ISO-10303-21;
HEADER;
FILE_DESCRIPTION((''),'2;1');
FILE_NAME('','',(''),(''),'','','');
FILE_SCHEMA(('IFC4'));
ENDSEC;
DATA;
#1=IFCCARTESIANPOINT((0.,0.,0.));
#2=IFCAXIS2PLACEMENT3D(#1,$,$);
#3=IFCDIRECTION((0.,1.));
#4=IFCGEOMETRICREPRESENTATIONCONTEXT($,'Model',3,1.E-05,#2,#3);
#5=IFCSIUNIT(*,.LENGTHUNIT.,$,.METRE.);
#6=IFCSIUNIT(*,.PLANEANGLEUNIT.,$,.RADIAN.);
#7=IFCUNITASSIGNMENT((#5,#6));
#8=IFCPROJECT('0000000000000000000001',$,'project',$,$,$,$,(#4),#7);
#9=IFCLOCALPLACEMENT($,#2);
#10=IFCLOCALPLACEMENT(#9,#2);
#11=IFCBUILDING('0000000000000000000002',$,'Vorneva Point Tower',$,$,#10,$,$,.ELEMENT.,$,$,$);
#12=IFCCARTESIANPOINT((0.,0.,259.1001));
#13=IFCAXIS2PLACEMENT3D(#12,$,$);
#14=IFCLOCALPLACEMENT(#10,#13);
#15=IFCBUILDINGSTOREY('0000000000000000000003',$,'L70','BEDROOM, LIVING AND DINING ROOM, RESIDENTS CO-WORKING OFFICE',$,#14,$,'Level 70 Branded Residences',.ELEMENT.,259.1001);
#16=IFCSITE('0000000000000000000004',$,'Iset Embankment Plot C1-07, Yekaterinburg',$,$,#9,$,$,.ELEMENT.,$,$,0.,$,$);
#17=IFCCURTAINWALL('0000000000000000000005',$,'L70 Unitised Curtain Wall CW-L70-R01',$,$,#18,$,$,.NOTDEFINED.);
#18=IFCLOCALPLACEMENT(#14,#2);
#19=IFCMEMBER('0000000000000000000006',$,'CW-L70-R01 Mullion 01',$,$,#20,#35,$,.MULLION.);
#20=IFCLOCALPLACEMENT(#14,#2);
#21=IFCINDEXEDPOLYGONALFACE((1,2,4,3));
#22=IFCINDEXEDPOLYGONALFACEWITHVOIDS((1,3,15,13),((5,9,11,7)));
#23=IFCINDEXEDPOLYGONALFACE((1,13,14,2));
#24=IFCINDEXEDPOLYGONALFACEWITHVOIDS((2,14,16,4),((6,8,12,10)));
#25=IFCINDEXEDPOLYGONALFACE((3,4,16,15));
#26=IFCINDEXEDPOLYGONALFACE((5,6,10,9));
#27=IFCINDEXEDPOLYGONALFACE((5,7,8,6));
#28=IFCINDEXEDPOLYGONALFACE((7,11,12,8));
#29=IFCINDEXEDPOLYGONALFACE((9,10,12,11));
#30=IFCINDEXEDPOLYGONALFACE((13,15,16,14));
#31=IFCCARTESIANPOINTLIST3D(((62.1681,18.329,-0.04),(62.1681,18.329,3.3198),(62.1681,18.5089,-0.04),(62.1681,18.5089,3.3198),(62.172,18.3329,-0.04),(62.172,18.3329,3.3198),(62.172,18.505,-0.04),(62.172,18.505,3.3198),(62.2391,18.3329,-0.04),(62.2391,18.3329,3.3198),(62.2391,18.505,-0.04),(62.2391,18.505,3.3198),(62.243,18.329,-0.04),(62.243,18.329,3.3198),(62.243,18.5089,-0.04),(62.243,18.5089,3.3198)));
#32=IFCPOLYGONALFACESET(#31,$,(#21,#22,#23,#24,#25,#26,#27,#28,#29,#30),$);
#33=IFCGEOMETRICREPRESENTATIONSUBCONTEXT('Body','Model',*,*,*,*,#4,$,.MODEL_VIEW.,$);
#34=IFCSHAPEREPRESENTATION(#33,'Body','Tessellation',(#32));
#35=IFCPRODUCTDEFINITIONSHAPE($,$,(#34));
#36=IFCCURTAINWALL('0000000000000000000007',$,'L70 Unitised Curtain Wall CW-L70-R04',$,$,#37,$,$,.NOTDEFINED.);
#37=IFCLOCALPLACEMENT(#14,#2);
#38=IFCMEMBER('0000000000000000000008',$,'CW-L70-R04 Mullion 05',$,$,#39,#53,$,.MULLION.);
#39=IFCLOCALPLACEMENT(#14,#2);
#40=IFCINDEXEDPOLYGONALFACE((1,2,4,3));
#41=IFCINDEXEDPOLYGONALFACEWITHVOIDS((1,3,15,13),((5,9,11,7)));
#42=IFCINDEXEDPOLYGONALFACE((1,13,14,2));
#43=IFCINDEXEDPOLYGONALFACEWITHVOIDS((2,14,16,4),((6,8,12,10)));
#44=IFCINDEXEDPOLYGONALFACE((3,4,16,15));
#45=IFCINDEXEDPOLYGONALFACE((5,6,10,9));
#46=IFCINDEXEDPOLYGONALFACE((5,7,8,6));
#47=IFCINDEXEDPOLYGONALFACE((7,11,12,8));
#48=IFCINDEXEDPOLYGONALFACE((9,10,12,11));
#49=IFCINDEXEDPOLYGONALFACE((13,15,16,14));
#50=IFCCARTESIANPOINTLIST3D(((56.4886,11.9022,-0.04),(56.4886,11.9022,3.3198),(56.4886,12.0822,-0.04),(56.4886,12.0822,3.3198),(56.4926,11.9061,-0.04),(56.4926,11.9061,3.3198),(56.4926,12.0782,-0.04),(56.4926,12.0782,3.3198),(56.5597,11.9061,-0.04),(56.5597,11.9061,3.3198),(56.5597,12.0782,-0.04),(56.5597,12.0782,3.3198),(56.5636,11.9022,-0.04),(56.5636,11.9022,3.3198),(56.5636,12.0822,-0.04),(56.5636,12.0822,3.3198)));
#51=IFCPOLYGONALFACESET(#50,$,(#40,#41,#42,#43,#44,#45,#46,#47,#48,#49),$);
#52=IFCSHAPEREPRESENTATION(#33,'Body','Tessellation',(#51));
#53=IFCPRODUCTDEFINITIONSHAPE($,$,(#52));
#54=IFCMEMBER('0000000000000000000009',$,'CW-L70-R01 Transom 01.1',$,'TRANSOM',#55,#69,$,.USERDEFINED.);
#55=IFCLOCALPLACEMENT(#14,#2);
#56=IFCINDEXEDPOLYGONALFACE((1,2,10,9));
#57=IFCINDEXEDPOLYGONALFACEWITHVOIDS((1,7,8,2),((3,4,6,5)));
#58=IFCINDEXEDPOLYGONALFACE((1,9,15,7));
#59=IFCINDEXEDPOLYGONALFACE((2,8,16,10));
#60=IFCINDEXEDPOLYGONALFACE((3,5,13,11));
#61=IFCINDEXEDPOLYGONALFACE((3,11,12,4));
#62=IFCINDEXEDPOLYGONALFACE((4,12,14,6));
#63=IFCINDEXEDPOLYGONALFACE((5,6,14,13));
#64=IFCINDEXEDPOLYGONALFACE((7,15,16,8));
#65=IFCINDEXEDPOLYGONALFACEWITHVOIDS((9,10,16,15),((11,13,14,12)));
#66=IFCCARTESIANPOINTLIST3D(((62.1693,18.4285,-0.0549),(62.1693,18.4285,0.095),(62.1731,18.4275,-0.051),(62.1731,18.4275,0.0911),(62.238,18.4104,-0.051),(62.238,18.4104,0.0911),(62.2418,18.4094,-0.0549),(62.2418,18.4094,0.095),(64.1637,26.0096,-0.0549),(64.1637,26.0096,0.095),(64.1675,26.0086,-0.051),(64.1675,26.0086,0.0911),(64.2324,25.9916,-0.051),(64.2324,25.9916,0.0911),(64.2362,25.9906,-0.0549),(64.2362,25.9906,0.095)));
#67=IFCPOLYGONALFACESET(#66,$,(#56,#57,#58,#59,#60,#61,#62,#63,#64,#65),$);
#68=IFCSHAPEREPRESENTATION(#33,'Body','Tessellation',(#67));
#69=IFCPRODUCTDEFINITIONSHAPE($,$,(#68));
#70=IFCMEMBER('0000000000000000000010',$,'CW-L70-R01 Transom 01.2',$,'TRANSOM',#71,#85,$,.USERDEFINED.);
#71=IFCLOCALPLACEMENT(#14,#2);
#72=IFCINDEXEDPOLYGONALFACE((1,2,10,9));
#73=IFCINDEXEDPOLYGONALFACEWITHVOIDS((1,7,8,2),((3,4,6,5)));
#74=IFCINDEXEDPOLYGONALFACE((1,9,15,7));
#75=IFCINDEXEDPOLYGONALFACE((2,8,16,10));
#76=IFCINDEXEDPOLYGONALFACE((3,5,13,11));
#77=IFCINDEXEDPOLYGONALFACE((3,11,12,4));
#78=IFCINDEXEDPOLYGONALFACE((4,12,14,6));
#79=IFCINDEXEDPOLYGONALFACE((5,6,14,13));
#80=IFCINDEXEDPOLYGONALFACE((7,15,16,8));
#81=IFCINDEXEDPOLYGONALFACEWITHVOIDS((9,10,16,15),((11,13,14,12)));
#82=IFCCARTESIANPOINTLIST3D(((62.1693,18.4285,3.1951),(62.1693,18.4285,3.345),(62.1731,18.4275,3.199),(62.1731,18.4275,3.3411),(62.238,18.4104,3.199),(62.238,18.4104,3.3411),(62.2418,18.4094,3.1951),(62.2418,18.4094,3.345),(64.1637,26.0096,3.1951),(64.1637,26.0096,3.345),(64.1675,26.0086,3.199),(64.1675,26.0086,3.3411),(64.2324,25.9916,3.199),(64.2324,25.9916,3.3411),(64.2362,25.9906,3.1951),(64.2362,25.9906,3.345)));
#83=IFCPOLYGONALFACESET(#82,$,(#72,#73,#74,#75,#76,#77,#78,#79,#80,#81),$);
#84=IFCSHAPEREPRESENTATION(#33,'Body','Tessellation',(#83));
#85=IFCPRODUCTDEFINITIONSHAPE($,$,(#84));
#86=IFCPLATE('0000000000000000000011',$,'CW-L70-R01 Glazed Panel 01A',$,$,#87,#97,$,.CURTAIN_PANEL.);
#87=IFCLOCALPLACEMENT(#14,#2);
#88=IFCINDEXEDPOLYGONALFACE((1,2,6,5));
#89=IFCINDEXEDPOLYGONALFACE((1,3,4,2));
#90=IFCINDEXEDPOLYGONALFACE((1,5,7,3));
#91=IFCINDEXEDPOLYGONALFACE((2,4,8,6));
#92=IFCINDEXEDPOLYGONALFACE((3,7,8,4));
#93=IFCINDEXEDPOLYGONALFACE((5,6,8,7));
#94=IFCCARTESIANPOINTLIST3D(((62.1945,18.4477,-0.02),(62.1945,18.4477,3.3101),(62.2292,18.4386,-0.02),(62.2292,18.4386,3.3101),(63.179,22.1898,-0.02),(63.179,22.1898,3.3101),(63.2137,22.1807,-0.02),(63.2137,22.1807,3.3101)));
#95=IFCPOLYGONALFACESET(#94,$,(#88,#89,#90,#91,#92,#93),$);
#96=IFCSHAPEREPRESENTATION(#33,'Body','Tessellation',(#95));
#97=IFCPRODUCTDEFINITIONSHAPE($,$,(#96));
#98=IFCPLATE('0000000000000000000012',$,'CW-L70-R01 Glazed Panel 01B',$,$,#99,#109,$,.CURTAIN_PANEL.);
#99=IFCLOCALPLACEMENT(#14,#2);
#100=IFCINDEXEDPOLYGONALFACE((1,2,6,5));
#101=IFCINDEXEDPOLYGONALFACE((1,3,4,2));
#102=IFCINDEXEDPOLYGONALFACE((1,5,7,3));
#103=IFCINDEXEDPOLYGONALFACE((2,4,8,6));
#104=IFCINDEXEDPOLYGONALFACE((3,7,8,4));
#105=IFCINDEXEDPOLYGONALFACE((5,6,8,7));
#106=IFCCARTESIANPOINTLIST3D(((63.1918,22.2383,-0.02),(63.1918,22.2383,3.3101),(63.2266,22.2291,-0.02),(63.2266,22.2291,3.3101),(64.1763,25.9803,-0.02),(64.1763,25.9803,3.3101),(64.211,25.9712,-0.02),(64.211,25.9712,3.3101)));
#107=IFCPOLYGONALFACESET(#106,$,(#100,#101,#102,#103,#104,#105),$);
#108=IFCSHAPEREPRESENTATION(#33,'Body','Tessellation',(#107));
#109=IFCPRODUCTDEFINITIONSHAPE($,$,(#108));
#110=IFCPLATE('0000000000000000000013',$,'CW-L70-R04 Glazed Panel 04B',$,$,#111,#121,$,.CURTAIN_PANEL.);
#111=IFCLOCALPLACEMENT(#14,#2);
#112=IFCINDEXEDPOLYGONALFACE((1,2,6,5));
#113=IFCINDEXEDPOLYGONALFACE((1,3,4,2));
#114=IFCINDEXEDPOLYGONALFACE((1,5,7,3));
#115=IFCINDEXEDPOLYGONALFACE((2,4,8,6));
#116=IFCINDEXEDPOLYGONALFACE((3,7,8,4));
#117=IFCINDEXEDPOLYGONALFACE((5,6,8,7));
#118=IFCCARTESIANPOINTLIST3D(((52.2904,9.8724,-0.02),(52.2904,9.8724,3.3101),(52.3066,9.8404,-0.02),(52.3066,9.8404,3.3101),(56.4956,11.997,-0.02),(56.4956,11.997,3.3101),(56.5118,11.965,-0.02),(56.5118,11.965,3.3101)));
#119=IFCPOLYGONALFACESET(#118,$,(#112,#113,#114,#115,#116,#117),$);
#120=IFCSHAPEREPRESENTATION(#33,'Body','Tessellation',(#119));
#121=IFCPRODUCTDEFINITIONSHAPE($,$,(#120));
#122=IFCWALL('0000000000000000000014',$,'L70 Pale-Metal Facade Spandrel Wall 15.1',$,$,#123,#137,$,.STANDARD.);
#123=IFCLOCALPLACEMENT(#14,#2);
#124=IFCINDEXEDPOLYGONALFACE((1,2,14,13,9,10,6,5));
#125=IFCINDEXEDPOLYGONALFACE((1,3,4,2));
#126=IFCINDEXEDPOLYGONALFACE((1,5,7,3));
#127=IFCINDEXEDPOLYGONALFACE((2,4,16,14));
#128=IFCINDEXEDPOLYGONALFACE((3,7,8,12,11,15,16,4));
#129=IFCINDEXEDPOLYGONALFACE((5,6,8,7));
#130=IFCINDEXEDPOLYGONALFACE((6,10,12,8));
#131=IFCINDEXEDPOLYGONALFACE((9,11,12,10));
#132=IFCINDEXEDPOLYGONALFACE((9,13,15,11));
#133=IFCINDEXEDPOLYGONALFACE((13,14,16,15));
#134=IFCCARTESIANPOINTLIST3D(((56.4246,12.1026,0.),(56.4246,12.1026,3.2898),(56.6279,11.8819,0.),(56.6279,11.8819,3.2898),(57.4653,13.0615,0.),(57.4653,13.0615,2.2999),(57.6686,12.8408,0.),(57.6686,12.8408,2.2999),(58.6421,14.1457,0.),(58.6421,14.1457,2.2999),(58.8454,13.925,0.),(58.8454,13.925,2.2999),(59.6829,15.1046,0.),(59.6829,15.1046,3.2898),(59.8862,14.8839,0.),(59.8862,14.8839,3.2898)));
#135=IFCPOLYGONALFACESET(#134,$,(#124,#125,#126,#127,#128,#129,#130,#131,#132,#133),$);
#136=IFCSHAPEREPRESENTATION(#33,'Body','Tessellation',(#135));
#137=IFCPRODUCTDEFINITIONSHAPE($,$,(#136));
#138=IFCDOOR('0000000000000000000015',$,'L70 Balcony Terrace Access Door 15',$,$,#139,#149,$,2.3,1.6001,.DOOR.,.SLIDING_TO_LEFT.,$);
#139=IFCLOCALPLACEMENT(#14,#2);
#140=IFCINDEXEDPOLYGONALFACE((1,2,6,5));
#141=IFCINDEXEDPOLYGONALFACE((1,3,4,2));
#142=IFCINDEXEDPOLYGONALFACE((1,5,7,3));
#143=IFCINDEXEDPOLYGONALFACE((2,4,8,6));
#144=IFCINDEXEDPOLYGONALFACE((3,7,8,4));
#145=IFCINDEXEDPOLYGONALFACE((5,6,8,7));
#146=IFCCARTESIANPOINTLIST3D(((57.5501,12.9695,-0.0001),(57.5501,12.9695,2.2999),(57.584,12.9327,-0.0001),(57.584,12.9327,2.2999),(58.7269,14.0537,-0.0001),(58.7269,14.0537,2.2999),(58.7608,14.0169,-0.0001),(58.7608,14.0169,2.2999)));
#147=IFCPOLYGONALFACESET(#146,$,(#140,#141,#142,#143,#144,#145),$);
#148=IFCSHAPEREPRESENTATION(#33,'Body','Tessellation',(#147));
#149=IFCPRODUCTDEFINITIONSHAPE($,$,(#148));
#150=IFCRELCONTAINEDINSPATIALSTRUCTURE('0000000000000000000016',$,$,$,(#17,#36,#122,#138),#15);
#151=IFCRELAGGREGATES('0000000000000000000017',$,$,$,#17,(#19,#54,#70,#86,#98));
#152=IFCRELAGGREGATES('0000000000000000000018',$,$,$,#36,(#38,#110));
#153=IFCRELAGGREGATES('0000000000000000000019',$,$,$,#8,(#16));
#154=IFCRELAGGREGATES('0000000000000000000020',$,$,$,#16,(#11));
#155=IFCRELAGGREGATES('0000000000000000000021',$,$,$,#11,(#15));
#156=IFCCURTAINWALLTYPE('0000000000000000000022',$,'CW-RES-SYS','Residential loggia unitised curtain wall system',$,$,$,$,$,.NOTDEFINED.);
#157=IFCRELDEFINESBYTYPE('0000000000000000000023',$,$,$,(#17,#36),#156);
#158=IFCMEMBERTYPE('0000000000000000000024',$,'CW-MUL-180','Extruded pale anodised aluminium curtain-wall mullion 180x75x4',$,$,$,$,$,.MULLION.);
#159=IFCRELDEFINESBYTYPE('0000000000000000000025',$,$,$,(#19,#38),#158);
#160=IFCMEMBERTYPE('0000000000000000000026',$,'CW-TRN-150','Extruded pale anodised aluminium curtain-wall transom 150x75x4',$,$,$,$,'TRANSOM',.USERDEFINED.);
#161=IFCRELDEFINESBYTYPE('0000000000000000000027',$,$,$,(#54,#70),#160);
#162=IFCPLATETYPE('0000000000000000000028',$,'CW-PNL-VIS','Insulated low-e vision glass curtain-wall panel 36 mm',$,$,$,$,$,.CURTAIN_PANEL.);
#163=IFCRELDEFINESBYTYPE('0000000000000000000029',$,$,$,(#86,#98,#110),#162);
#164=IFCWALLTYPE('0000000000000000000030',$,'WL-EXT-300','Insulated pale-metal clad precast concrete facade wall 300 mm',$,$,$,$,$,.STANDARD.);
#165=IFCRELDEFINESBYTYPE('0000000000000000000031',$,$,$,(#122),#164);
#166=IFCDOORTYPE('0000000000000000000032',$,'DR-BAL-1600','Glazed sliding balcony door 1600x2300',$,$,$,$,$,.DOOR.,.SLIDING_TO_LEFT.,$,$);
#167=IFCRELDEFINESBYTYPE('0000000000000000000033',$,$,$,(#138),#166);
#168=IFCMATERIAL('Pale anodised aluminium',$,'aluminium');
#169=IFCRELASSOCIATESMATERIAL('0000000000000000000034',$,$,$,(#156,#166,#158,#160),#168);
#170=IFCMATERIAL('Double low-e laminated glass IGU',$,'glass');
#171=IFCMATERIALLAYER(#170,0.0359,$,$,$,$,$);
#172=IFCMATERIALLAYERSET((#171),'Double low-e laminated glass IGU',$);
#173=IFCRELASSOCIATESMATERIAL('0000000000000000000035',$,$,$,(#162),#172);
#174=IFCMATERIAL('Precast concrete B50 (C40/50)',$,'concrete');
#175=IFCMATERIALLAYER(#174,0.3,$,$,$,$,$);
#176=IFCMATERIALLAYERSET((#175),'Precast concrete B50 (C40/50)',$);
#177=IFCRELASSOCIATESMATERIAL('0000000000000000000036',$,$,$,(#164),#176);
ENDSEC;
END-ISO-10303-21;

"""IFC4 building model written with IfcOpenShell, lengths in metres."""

from ifc_helpers import new_model, si_unit, direction, frame, frame_2d, origin, origin_2d, place, context, subcontext, project, spatial, rectangle, hollow_rectangle, extrude, material, layer, layer_set, material_profile, profile_set, type_object, element, fill, aggregate, save


model = new_model("IFC4")

# Units and contexts
model_context = context("Model", 3, precision=1e-05, world=origin(), true_north=direction((0.0, 1.0)))
body_context = subcontext(model_context, "Body", "Model", "MODEL_VIEW")
ifc_project = project(units=[si_unit("LENGTHUNIT", "METRE"), si_unit("PLANEANGLEUNIT", "RADIAN")], contexts=[model_context])

# Site, building, storey
site_placement = place(None, origin())
site = spatial("IfcSite", under=ifc_project, at=site_placement, Name="Iset Embankment Plot C1-07, Yekaterinburg", CompositionType="ELEMENT", RefElevation=0.0)
building_placement = place(site_placement, origin())
building = spatial("IfcBuilding", under=site, at=building_placement, Name="Vorneva Point Tower", CompositionType="ELEMENT")
storey_placement = place(building_placement, frame((0.0, 0.0, 259.1001)))
storey = spatial("IfcBuildingStorey", under=building, at=storey_placement, Name="L70", Description="BEDROOM, LIVING AND DINING ROOM, RESIDENTS CO-WORKING OFFICE", LongName="Level 70 Branded Residences", CompositionType="ELEMENT", Elevation=259.1001)

# Curtain walls, members
ifc_material_1 = material(Name="Pale anodised aluminium", Category="aluminium")
curtain_wall_type = type_object("IfcCurtainWallType", Name="CW-RES-SYS", Description="Residential loggia unitised curtain wall system", PredefinedType="NOTDEFINED", material=ifc_material_1)
curtain_wall_1_placement = place(storey_placement, origin())
curtain_wall_1 = element("IfcCurtainWall", 1, at=curtain_wall_1_placement, inside=storey, type_object=curtain_wall_type, Name="L70 Unitised Curtain Wall CW-L70-R01", PredefinedType="NOTDEFINED")
ifc_material_profile_1 = material_profile(ifc_material_1, hollow_rectangle(XDim=0.075, YDim=0.1799, WallThickness=0.0039, at=origin_2d()), Name="AL-MUL 180x75x4")
ifc_profile_set_1 = profile_set([ifc_material_profile_1], Name="Pale anodised aluminium")
member_type_1 = type_object("IfcMemberType", Name="CW-MUL-180", Description="Extruded pale anodised aluminium curtain-wall mullion 180x75x4", PredefinedType="MULLION", material=ifc_profile_set_1)
member_1_placement = place(storey_placement, frame((62.2056, 18.4189, -0.04), z_axis=(0.0, 0.0, 1.0), x_axis=(1.0, 0.0, 0.0)))
member_1 = element("IfcMember", 2, at=member_1_placement, type_object=member_type_1, Name="CW-L70-R01 Mullion 01", PredefinedType="MULLION", context=body_context, shape_type="SweptSolid", body=[
    extrude(hollow_rectangle(XDim=0.075, YDim=0.1799, WallThickness=0.0039, at=origin_2d()), origin(), (0.0, 0.0, 1.0), 3.3599),
])
curtain_wall_2_placement = place(storey_placement, origin())
curtain_wall_2 = element("IfcCurtainWall", 3, at=curtain_wall_2_placement, inside=storey, type_object=curtain_wall_type, Name="L70 Unitised Curtain Wall CW-L70-R04", PredefinedType="NOTDEFINED")
member_2_placement = place(storey_placement, frame((56.5261, 11.9922, -0.04), z_axis=(0.0, 0.0, 1.0), x_axis=(1.0, 0.0, 0.0)))
member_2 = element("IfcMember", 4, at=member_2_placement, type_object=member_type_1, Name="CW-L70-R04 Mullion 05", PredefinedType="MULLION", context=body_context, shape_type="SweptSolid", body=[
    extrude(hollow_rectangle(XDim=0.075, YDim=0.1799, WallThickness=0.0039, at=origin_2d()), origin(), (0.0, 0.0, 1.0), 3.3599),
])

# Members
ifc_material_profile_2 = material_profile(ifc_material_1, hollow_rectangle(XDim=0.075, YDim=0.1499, WallThickness=0.0039, at=origin_2d()), Name="AL-TRN 150x75x4")
ifc_profile_set_2 = profile_set([ifc_material_profile_2], Name="Pale anodised aluminium")
member_type_2 = type_object("IfcMemberType", Name="CW-TRN-150", Description="Extruded pale anodised aluminium curtain-wall transom 150x75x4", ElementType="TRANSOM", PredefinedType="USERDEFINED", material=ifc_profile_set_2)
member_3_placement = place(storey_placement, frame((62.2056, 18.4189, 0.02), z_axis=(0.254418, 0.967094, 0.0), x_axis=(-0.967094, 0.254418, 0.0)))
member_3 = element("IfcMember", 5, at=member_3_placement, type_object=member_type_2, Name="CW-L70-R01 Transom 01.1", ObjectType="TRANSOM", PredefinedType="USERDEFINED", context=body_context, shape_type="SweptSolid", body=[
    extrude(hollow_rectangle(XDim=0.075, YDim=0.1499, WallThickness=0.0039, at=origin_2d()), origin(), (0.0, 0.0, 1.0), 7.8391),
])
member_4_placement = place(storey_placement, frame((62.2056, 18.4189, 3.27), z_axis=(0.254418, 0.967094, 0.0), x_axis=(-0.967094, 0.254418, 0.0)))
member_4 = element("IfcMember", 6, at=member_4_placement, type_object=member_type_2, Name="CW-L70-R01 Transom 01.2", ObjectType="TRANSOM", PredefinedType="USERDEFINED", context=body_context, shape_type="SweptSolid", body=[
    extrude(hollow_rectangle(XDim=0.075, YDim=0.1499, WallThickness=0.0039, at=origin_2d()), origin(), (0.0, 0.0, 1.0), 7.8391),
])

# Plates
ifc_material_2 = material(Name="Double low-e laminated glass IGU", Category="glass")
ifc_layer_1 = layer(ifc_material_2, 0.0359)
ifc_layer_set_1 = layer_set([ifc_layer_1], Name="Double low-e laminated glass IGU")
plate_type = type_object("IfcPlateType", Name="CW-PNL-VIS", Description="Insulated low-e vision glass curtain-wall panel 36 mm", PredefinedType="CURTAIN_PANEL", material=ifc_layer_set_1)
plate_1_placement = place(storey_placement, frame((62.7041, 20.3142, -0.02), z_axis=(0.0, 0.0, 1.0), x_axis=(0.254416, 0.967095, 0.0)))
plate_1 = element("IfcPlate", 7, at=plate_1_placement, type_object=plate_type, Name="CW-L70-R01 Glazed Panel 01A", PredefinedType="CURTAIN_PANEL", context=body_context, shape_type="SweptSolid", body=[
    extrude(rectangle(XDim=3.8694, YDim=0.0359, at=origin_2d()), origin(), (0.0, 0.0, 1.0), 3.3301),
])
plate_2_placement = place(storey_placement, frame((63.7014, 24.1047, -0.02), z_axis=(0.0, 0.0, 1.0), x_axis=(0.254416, 0.967095, 0.0)))
plate_2 = element("IfcPlate", 8, at=plate_2_placement, type_object=plate_type, Name="CW-L70-R01 Glazed Panel 01B", PredefinedType="CURTAIN_PANEL", context=body_context, shape_type="SweptSolid", body=[
    extrude(rectangle(XDim=3.8694, YDim=0.0359, at=origin_2d()), origin(), (0.0, 0.0, 1.0), 3.3301),
])
aggregate(curtain_wall_1, [member_1, member_3, member_4, plate_1, plate_2])
plate_3_placement = place(storey_placement, frame((54.4011, 10.9187, -0.02), z_axis=(0.0, 0.0, 1.0), x_axis=(0.892554, 0.45094, 0.0)))
plate_3 = element("IfcPlate", 9, at=plate_3_placement, type_object=plate_type, Name="CW-L70-R04 Glazed Panel 04B", PredefinedType="CURTAIN_PANEL", context=body_context, shape_type="SweptSolid", body=[
    extrude(rectangle(XDim=4.7114, YDim=0.0359, at=origin_2d()), origin(), (0.0, 0.0, 1.0), 3.3301),
])
aggregate(curtain_wall_2, [member_2, plate_3])

# Wall, opening, door
ifc_material_3 = material(Name="Precast concrete B50 (C40/50)", Category="concrete")
ifc_layer_2 = layer(ifc_material_3, 0.3)
ifc_layer_set_2 = layer_set([ifc_layer_2], Name="Precast concrete B50 (C40/50)")
wall_type_1 = type_object("IfcWallType", Name="WL-EXT-300", Description="Insulated pale-metal clad precast concrete facade wall 300 mm", PredefinedType="STANDARD", material=ifc_layer_set_2)
wall_1_placement = place(storey_placement, frame((56.5261, 11.9922, 0.0), z_axis=(0.0, 0.0, 1.0), x_axis=(0.735445, 0.677584, 0.0)))
wall_1 = element("IfcWall", 10, at=wall_1_placement, inside=storey, type_object=wall_type_1, Name="L70 Pale-Metal Facade Spandrel Wall 15.1", PredefinedType="STANDARD", context=body_context, shape_type="SweptSolid", body=[
    extrude(rectangle(XDim=4.4304, YDim=0.3, at=frame_2d((2.2153, 0.0))), origin(), (0.0, 0.0, 1.0), 3.2898),
])
opening_1_placement = place(wall_1_placement, frame((1.4153, 0.0, 0.0)))
opening_1 = element("IfcOpeningElement", 11, at=opening_1_placement, cuts=wall_1, PredefinedType="OPENING", context=body_context, shape_type="SweptSolid", body=[
    extrude(rectangle(XDim=1.6001, YDim=2.3, at=frame_2d((0.8, 1.1499))), frame((0.0, 0.165, 0.0), z_axis=(0.0, -1.0, 0.0), x_axis=(1.0, 0.0, 0.0)), (0.0, 0.0, 1.0), 0.3298),
])
door_type = type_object("IfcDoorType", Name="DR-BAL-1600", Description="Glazed sliding balcony door 1600x2300", OperationType="SLIDING_TO_LEFT", PredefinedType="DOOR", material=ifc_material_1)
door_placement = place(opening_1_placement, origin())
door = element("IfcDoor", 12, at=door_placement, inside=storey, type_object=door_type, Name="L70 Balcony Terrace Access Door 15", OperationType="SLIDING_TO_LEFT", OverallHeight=2.3, OverallWidth=1.6001, PredefinedType="DOOR", context=body_context, shape_type="SweptSolid", body=[
    extrude(rectangle(XDim=1.6001, YDim=2.3, at=frame_2d((0.8, 1.1499))), frame((0.0, 0.0249, 0.0), z_axis=(0.0, -1.0, 0.0), x_axis=(1.0, 0.0, 0.0)), (0.0, 0.0, 1.0), 0.05),
])
fill(opening_1, door)

save(model, "model.ifc")
